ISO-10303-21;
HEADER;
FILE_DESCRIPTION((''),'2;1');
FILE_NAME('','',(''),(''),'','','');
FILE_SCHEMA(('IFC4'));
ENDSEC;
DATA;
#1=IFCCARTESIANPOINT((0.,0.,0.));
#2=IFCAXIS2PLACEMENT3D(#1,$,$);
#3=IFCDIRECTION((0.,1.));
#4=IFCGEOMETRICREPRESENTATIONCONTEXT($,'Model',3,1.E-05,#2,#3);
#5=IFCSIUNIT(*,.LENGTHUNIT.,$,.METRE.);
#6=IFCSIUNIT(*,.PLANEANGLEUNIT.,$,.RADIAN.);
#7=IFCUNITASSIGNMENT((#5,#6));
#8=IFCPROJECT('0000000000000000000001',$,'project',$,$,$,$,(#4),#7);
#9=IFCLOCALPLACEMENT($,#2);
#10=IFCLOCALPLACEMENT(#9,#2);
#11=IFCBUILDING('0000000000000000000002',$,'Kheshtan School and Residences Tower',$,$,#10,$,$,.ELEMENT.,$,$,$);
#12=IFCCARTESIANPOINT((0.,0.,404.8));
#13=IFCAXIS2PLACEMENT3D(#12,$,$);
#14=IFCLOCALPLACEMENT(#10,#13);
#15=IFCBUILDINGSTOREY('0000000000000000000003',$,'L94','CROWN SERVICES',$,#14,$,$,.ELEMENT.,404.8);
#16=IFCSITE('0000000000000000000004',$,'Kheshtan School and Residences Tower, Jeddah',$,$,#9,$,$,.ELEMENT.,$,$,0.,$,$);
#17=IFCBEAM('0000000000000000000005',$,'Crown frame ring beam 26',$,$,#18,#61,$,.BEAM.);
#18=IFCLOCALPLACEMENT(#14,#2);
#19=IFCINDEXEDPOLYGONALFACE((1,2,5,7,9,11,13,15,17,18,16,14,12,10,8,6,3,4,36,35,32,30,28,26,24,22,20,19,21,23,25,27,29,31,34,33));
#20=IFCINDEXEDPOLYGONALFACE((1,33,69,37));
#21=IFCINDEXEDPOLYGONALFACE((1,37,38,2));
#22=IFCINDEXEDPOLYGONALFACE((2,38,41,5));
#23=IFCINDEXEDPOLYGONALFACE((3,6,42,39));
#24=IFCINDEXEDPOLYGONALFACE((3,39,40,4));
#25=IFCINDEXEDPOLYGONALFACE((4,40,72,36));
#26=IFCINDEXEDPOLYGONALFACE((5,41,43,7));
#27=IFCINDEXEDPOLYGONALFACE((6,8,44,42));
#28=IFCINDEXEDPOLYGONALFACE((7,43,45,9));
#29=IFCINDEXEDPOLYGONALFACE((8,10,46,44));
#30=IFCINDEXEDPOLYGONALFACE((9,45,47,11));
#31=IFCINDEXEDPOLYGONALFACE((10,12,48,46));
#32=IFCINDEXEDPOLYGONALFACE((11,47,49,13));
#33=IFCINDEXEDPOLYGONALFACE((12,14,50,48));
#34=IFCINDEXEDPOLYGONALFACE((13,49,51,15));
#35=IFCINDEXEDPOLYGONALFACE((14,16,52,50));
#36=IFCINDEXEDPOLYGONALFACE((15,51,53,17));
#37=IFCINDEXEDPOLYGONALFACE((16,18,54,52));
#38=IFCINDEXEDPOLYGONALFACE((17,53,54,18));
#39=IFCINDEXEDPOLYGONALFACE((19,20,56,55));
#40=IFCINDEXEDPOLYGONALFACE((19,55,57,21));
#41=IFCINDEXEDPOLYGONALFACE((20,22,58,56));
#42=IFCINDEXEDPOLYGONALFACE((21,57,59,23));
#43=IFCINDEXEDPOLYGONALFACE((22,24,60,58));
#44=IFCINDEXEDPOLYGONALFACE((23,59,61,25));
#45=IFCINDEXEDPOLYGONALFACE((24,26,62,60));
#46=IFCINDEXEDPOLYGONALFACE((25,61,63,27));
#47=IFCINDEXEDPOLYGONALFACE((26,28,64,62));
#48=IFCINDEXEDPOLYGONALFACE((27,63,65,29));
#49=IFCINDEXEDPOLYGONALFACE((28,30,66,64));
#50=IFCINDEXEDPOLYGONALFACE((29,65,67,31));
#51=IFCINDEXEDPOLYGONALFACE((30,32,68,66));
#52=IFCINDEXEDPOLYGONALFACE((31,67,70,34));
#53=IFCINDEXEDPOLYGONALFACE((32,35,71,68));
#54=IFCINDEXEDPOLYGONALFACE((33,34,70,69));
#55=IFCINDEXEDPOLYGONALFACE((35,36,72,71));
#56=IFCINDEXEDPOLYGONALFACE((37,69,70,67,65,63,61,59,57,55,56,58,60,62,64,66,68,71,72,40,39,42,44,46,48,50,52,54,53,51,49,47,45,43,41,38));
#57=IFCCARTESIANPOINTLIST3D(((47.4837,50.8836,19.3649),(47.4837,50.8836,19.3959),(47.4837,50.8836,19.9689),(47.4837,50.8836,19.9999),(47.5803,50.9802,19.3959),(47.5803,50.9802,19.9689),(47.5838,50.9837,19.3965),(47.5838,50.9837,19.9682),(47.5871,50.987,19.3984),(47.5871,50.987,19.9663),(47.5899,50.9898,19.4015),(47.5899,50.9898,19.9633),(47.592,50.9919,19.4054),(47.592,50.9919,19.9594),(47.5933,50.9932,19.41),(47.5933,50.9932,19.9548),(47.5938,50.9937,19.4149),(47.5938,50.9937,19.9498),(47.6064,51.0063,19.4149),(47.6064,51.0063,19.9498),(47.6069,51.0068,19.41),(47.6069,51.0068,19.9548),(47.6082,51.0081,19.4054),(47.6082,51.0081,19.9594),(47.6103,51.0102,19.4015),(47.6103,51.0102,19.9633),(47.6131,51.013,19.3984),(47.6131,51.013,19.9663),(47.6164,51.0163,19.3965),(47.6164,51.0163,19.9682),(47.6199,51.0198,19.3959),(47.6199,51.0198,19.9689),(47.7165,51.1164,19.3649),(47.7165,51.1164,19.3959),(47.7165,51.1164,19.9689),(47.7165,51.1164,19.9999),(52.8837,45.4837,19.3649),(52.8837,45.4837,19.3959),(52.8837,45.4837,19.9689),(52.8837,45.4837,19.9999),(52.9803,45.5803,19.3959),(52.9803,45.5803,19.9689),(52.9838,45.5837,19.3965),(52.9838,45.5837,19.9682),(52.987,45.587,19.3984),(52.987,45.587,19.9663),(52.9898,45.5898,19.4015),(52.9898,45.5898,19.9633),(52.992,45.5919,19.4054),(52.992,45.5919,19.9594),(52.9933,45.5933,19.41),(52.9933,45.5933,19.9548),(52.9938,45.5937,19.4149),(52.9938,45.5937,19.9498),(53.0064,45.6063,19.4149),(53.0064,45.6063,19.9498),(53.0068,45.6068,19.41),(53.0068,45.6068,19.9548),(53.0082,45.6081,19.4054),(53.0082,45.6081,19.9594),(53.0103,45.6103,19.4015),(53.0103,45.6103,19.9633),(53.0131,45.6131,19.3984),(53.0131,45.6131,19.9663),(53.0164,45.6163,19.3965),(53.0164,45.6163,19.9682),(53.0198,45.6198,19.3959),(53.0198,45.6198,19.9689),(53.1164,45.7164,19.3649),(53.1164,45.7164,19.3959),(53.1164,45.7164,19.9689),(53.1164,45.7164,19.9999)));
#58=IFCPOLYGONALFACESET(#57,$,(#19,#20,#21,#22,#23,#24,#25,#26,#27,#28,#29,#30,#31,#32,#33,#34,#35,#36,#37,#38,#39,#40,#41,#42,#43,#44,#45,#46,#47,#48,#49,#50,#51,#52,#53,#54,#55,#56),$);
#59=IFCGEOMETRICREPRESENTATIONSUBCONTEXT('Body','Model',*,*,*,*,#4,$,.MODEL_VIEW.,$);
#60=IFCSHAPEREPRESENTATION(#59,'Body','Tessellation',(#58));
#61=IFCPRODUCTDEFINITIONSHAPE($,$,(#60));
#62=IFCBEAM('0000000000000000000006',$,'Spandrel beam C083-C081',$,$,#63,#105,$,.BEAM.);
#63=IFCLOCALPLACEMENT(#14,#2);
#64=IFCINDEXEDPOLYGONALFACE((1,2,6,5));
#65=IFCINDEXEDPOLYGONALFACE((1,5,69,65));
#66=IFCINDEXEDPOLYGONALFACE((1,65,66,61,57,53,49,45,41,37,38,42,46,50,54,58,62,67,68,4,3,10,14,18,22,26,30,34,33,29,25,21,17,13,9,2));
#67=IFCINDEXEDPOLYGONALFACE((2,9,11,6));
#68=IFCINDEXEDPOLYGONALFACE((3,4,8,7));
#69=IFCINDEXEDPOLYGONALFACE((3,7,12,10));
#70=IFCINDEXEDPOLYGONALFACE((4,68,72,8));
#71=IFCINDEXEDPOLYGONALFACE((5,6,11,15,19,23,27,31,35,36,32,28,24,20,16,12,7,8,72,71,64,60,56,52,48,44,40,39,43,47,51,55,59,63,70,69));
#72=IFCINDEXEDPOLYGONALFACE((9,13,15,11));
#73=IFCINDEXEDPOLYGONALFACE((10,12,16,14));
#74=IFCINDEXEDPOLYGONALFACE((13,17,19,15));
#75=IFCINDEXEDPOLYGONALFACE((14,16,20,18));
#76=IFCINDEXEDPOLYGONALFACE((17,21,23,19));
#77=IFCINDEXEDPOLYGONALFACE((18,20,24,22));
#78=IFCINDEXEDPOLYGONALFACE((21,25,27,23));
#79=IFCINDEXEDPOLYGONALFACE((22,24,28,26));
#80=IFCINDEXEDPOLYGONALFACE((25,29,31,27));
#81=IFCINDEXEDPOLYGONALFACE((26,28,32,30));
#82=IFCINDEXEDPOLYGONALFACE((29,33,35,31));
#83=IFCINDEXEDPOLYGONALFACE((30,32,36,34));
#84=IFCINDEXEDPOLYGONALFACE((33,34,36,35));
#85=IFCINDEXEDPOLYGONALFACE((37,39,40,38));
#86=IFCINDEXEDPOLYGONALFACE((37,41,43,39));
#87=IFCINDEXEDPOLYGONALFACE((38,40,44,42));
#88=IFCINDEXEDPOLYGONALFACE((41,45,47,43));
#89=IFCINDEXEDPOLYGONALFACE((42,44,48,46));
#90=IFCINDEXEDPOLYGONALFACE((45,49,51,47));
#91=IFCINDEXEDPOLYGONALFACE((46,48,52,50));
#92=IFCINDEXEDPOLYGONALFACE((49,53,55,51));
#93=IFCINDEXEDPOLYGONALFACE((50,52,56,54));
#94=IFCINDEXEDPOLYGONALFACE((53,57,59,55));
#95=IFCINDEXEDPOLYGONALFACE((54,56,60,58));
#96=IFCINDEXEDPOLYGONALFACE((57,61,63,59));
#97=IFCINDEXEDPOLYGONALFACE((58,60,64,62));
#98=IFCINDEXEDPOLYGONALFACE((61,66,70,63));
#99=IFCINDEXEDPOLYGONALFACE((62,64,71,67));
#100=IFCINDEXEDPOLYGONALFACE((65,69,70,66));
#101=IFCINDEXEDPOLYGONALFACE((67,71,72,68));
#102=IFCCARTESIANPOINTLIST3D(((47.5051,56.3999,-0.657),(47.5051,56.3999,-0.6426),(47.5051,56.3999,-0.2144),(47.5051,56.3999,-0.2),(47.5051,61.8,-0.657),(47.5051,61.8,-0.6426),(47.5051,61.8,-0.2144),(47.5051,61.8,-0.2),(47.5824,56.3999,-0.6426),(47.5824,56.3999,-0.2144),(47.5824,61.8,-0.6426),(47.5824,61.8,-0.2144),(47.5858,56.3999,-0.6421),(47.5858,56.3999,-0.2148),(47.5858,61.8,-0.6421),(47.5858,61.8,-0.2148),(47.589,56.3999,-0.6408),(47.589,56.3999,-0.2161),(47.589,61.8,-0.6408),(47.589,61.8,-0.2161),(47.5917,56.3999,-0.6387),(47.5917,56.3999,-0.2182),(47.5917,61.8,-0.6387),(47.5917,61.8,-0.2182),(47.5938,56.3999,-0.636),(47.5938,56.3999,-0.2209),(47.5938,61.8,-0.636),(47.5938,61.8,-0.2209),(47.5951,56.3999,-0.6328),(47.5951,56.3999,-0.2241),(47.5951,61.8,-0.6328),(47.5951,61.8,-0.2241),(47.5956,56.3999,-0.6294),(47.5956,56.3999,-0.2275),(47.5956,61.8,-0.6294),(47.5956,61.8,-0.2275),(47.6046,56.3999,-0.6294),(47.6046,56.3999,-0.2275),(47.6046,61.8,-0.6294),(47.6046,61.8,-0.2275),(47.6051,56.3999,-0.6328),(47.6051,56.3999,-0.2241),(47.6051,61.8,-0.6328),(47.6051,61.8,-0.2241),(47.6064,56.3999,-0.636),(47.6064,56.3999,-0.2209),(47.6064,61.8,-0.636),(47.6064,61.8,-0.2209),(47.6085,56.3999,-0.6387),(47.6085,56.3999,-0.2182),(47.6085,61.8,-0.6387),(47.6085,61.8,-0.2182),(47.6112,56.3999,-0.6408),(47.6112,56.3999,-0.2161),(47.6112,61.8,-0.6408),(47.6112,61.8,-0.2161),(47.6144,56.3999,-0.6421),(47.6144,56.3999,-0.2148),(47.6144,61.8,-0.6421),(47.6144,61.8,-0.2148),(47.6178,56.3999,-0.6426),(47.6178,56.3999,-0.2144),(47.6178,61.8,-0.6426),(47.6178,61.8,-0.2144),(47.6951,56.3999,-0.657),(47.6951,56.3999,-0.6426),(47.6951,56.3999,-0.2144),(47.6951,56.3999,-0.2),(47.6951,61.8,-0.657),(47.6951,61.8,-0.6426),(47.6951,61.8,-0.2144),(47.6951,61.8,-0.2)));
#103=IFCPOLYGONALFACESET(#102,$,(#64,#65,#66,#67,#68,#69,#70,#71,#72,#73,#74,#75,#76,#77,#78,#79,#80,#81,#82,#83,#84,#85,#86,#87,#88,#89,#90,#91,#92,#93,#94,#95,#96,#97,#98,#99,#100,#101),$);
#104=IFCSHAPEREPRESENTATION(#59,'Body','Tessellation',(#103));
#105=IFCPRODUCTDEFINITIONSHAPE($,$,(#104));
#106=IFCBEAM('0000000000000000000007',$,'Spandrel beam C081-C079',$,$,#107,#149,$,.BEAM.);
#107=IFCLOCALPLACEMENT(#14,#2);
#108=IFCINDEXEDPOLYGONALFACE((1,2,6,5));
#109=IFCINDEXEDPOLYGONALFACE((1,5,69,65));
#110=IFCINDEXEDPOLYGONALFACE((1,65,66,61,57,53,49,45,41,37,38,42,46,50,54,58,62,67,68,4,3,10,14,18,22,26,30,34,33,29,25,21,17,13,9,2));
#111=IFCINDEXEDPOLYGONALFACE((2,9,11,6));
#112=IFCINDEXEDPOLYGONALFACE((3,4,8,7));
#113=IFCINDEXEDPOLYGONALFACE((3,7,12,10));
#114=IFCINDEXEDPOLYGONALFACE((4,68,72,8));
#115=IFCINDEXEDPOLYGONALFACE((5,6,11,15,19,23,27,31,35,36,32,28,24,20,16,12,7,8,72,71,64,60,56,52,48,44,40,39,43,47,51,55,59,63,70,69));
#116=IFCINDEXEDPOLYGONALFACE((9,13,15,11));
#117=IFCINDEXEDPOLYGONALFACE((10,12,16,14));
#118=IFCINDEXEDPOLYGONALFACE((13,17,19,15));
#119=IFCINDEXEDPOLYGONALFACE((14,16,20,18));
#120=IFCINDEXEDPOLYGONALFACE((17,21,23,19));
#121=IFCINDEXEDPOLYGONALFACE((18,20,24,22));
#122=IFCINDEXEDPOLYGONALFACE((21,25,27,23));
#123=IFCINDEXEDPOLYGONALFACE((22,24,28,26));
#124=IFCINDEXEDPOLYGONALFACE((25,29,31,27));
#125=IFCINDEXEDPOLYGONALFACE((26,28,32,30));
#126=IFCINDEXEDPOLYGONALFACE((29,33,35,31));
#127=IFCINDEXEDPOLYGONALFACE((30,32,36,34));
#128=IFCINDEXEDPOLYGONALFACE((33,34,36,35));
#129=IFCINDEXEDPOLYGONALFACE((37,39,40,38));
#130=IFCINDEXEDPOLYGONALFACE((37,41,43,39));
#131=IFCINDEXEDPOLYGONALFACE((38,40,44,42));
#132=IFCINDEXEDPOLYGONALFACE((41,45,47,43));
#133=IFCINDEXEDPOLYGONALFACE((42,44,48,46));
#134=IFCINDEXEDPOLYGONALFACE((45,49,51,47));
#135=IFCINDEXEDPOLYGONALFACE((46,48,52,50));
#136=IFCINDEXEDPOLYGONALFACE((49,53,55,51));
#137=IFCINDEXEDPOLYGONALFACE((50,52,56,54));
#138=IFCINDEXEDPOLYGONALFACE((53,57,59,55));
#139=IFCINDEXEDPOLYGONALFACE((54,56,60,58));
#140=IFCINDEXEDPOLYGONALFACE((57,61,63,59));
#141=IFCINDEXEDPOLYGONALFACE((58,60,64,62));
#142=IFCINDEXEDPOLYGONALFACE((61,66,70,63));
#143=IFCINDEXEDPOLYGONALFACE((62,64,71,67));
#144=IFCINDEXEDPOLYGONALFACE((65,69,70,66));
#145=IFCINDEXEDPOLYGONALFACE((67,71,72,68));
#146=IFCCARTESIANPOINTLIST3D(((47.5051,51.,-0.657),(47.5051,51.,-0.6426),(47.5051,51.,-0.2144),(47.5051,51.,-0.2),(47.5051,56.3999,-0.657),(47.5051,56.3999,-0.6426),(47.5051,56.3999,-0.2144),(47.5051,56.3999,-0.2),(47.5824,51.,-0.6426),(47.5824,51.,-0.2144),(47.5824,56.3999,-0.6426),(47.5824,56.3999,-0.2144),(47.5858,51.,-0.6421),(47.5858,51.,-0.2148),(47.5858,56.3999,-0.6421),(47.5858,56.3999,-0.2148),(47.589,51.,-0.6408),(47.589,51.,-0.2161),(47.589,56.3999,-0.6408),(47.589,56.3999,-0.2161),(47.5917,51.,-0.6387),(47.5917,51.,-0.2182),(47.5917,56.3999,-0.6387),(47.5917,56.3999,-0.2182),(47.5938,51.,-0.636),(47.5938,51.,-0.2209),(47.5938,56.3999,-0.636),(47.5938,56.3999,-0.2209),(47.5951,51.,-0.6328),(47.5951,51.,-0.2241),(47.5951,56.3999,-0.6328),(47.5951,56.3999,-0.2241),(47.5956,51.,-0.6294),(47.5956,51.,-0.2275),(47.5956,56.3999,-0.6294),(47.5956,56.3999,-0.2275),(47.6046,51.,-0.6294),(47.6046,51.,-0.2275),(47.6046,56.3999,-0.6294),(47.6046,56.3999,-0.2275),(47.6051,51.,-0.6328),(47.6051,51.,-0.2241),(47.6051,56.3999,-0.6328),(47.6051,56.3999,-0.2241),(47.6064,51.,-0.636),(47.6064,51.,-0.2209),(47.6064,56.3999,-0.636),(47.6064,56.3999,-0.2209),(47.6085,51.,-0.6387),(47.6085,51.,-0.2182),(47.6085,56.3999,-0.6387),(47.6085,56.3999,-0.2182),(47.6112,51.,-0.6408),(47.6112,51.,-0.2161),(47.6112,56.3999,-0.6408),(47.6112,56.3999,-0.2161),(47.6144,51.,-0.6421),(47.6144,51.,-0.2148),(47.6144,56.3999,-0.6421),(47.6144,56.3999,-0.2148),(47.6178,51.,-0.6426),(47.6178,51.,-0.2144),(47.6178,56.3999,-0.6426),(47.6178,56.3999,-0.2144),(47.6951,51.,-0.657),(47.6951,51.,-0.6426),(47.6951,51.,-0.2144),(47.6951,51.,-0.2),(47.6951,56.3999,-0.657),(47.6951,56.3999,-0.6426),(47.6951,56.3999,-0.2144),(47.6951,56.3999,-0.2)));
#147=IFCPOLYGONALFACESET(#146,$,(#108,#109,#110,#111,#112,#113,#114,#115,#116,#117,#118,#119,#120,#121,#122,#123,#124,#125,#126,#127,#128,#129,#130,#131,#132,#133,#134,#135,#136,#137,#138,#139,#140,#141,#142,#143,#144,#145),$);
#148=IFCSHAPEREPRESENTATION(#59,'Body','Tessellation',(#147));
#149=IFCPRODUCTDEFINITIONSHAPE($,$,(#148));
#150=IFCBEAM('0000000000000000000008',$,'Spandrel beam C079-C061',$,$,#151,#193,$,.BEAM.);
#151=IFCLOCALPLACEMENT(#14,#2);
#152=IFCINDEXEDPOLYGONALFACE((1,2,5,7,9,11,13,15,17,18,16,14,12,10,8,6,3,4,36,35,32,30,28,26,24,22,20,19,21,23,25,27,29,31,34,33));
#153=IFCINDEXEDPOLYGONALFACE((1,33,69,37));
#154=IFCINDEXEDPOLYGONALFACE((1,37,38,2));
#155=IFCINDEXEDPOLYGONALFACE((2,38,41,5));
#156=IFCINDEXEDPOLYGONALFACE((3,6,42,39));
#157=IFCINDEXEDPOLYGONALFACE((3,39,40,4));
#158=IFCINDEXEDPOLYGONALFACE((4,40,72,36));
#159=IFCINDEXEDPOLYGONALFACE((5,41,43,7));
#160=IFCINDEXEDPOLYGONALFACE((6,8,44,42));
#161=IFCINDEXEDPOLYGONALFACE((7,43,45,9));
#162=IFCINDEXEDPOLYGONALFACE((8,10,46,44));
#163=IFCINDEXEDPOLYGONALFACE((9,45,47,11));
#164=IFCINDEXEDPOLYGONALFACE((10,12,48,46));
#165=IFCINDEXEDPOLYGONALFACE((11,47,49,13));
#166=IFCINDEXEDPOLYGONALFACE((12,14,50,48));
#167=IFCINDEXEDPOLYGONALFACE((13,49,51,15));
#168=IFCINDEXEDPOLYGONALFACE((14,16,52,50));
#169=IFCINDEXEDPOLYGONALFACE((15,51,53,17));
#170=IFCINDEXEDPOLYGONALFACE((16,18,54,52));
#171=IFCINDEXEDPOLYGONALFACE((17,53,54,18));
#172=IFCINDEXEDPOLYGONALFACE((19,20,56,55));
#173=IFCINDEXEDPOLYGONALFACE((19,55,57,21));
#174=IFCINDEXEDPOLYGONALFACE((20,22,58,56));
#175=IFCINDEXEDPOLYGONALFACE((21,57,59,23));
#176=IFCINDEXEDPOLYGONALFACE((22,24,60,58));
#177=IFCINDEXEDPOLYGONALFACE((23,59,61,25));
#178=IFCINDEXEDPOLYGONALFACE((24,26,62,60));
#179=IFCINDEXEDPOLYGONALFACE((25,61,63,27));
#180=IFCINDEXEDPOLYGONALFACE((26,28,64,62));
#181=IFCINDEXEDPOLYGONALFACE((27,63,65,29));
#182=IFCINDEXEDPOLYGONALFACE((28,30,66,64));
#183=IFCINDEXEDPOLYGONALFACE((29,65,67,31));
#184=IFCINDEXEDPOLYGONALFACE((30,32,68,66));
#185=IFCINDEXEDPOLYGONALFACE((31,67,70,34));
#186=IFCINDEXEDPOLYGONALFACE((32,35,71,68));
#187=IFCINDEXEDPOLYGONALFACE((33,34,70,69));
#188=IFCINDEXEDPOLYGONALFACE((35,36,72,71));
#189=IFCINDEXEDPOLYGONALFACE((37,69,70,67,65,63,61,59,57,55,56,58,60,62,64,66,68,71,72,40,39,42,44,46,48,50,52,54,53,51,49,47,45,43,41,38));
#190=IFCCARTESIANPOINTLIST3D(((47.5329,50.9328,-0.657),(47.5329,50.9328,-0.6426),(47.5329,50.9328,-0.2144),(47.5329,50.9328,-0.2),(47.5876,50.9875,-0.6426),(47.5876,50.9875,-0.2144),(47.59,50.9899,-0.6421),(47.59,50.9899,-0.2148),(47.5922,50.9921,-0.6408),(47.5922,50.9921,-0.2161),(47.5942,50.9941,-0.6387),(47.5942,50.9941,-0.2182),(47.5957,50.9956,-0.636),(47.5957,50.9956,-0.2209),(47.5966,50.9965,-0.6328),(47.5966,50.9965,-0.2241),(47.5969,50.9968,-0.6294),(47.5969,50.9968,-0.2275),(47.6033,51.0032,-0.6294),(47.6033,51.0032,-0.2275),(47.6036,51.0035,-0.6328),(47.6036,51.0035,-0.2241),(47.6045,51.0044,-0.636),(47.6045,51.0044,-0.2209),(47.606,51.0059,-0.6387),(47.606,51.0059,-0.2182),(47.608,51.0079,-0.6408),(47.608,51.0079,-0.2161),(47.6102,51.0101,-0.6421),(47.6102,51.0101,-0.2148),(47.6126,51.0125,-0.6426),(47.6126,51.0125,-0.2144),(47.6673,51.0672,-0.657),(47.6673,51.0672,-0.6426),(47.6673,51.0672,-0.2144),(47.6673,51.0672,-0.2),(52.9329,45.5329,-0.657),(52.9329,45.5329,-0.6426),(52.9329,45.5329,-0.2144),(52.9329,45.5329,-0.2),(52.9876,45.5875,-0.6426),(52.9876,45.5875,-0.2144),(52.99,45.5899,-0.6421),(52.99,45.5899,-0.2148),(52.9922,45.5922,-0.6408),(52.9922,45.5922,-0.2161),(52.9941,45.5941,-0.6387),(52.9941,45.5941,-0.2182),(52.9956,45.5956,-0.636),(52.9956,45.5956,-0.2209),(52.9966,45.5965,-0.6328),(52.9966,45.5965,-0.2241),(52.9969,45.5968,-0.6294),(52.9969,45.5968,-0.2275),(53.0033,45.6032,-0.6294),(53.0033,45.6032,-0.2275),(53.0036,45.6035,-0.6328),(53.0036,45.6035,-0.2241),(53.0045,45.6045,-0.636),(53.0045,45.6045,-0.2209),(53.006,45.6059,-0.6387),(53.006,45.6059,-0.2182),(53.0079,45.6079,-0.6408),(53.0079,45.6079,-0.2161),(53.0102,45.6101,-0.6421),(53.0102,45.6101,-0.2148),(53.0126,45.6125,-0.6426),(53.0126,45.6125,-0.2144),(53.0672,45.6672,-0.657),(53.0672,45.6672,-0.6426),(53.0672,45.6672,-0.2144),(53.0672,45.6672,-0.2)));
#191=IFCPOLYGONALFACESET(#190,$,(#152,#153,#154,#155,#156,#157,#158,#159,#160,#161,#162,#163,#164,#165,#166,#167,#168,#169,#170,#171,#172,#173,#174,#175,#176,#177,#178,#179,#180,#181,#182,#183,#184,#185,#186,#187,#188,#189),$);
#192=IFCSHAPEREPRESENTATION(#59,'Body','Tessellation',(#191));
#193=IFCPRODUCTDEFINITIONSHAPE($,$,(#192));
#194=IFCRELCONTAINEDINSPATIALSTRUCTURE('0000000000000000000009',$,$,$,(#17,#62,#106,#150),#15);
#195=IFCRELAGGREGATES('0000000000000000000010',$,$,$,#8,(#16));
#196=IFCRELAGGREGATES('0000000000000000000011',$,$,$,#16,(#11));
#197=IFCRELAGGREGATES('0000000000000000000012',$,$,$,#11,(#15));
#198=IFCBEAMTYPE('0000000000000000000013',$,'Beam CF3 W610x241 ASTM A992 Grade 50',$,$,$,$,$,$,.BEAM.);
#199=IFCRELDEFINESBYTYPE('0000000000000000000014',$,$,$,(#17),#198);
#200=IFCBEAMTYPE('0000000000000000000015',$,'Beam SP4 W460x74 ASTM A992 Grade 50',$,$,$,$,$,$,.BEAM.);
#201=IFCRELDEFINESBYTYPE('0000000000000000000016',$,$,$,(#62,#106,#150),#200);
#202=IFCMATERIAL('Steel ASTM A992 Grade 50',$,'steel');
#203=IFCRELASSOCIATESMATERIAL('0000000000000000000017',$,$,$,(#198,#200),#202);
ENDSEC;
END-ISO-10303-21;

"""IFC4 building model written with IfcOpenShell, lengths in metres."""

from ifc_helpers import new_model, si_unit, direction, frame, origin, origin_2d, place, context, subcontext, project, spatial, i_section, extrude, material, material_profile, profile_set, type_object, element, save


model = new_model("IFC4")

# Units and contexts
model_context = context("Model", 3, precision=1e-05, world=origin(), true_north=direction((0.0, 1.0)))
body_context = subcontext(model_context, "Body", "Model", "MODEL_VIEW")
ifc_project = project(units=[si_unit("LENGTHUNIT", "METRE"), si_unit("PLANEANGLEUNIT", "RADIAN")], contexts=[model_context])

# Site, building, storey
site_placement = place(None, origin())
site = spatial("IfcSite", under=ifc_project, at=site_placement, Name="Kheshtan School and Residences Tower, Jeddah", CompositionType="ELEMENT", RefElevation=0.0)
building_placement = place(site_placement, origin())
building = spatial("IfcBuilding", under=site, at=building_placement, Name="Kheshtan School and Residences Tower", CompositionType="ELEMENT")
storey_placement = place(building_placement, frame((0.0, 0.0, 404.8)))
storey = spatial("IfcBuildingStorey", under=building, at=storey_placement, Name="L94", Description="CROWN SERVICES", CompositionType="ELEMENT", Elevation=404.8)

# Beams
ifc_material_1 = material(Name="Steel ASTM A992 Grade 50", Category="steel")
ifc_material_profile_1 = material_profile(ifc_material_1, i_section(OverallWidth=0.3291, OverallDepth=0.635, WebThickness=0.0178, FlangeThickness=0.031, FilletRadius=0.019, at=origin_2d()), Name="W610x241")
ifc_profile_set_1 = profile_set([ifc_material_profile_1], Name="Steel ASTM A992 Grade 50")
beam_type_1 = type_object("IfcBeamType", Name="Beam CF3 W610x241 ASTM A992 Grade 50", PredefinedType="BEAM", material=ifc_profile_set_1)
beam_1_placement = place(storey_placement, frame((47.6001, 51.0, 19.6824), z_axis=(0.707107, -0.707107, 0.0), x_axis=(0.707107, 0.707107, 0.0)))
element("IfcBeam", 1, at=beam_1_placement, inside=storey, type_object=beam_type_1, Name="Crown frame ring beam 26", PredefinedType="BEAM", context=body_context, shape_type="SweptSolid", body=[
    extrude(i_section(OverallWidth=0.3291, OverallDepth=0.635, WebThickness=0.0178, FlangeThickness=0.031, FilletRadius=0.019, at=origin_2d()), origin(), (0.0, 0.0, 1.0), 7.6367),
])
ifc_material_profile_2 = material_profile(ifc_material_1, i_section(OverallWidth=0.1899, OverallDepth=0.457, WebThickness=0.009, FlangeThickness=0.0144, FilletRadius=0.0132, at=origin_2d()), Name="W460x74")
ifc_profile_set_2 = profile_set([ifc_material_profile_2], Name="Steel ASTM A992 Grade 50")
beam_type_2 = type_object("IfcBeamType", Name="Beam SP4 W460x74 ASTM A992 Grade 50", PredefinedType="BEAM", material=ifc_profile_set_2)
beam_2_placement = place(storey_placement, frame((47.6001, 61.8, -0.4285), z_axis=(0.0, -1.0, 0.0), x_axis=(1.0, 0.0, 0.0)))
element("IfcBeam", 2, at=beam_2_placement, inside=storey, type_object=beam_type_2, Name="Spandrel beam C083-C081", PredefinedType="BEAM", context=body_context, shape_type="SweptSolid", body=[
    extrude(i_section(OverallWidth=0.1899, OverallDepth=0.457, WebThickness=0.009, FlangeThickness=0.0144, FilletRadius=0.0132, at=origin_2d()), origin(), (0.0, 0.0, 1.0), 5.4001),
])
beam_3_placement = place(storey_placement, frame((47.6001, 56.3999, -0.4285), z_axis=(0.0, -1.0, 0.0), x_axis=(1.0, 0.0, 0.0)))
element("IfcBeam", 3, at=beam_3_placement, inside=storey, type_object=beam_type_2, Name="Spandrel beam C081-C079", PredefinedType="BEAM", context=body_context, shape_type="SweptSolid", body=[
    extrude(i_section(OverallWidth=0.1899, OverallDepth=0.457, WebThickness=0.009, FlangeThickness=0.0144, FilletRadius=0.0132, at=origin_2d()), origin(), (0.0, 0.0, 1.0), 5.3999),
])
beam_4_placement = place(storey_placement, frame((47.6001, 51.0, -0.4285), z_axis=(0.707107, -0.707107, 0.0), x_axis=(0.707107, 0.707107, 0.0)))
element("IfcBeam", 4, at=beam_4_placement, inside=storey, type_object=beam_type_2, Name="Spandrel beam C079-C061", PredefinedType="BEAM", context=body_context, shape_type="SweptSolid", body=[
    extrude(i_section(OverallWidth=0.1899, OverallDepth=0.457, WebThickness=0.009, FlangeThickness=0.0144, FilletRadius=0.0132, at=origin_2d()), origin(), (0.0, 0.0, 1.0), 7.6367),
])

save(model, "model.ifc")
